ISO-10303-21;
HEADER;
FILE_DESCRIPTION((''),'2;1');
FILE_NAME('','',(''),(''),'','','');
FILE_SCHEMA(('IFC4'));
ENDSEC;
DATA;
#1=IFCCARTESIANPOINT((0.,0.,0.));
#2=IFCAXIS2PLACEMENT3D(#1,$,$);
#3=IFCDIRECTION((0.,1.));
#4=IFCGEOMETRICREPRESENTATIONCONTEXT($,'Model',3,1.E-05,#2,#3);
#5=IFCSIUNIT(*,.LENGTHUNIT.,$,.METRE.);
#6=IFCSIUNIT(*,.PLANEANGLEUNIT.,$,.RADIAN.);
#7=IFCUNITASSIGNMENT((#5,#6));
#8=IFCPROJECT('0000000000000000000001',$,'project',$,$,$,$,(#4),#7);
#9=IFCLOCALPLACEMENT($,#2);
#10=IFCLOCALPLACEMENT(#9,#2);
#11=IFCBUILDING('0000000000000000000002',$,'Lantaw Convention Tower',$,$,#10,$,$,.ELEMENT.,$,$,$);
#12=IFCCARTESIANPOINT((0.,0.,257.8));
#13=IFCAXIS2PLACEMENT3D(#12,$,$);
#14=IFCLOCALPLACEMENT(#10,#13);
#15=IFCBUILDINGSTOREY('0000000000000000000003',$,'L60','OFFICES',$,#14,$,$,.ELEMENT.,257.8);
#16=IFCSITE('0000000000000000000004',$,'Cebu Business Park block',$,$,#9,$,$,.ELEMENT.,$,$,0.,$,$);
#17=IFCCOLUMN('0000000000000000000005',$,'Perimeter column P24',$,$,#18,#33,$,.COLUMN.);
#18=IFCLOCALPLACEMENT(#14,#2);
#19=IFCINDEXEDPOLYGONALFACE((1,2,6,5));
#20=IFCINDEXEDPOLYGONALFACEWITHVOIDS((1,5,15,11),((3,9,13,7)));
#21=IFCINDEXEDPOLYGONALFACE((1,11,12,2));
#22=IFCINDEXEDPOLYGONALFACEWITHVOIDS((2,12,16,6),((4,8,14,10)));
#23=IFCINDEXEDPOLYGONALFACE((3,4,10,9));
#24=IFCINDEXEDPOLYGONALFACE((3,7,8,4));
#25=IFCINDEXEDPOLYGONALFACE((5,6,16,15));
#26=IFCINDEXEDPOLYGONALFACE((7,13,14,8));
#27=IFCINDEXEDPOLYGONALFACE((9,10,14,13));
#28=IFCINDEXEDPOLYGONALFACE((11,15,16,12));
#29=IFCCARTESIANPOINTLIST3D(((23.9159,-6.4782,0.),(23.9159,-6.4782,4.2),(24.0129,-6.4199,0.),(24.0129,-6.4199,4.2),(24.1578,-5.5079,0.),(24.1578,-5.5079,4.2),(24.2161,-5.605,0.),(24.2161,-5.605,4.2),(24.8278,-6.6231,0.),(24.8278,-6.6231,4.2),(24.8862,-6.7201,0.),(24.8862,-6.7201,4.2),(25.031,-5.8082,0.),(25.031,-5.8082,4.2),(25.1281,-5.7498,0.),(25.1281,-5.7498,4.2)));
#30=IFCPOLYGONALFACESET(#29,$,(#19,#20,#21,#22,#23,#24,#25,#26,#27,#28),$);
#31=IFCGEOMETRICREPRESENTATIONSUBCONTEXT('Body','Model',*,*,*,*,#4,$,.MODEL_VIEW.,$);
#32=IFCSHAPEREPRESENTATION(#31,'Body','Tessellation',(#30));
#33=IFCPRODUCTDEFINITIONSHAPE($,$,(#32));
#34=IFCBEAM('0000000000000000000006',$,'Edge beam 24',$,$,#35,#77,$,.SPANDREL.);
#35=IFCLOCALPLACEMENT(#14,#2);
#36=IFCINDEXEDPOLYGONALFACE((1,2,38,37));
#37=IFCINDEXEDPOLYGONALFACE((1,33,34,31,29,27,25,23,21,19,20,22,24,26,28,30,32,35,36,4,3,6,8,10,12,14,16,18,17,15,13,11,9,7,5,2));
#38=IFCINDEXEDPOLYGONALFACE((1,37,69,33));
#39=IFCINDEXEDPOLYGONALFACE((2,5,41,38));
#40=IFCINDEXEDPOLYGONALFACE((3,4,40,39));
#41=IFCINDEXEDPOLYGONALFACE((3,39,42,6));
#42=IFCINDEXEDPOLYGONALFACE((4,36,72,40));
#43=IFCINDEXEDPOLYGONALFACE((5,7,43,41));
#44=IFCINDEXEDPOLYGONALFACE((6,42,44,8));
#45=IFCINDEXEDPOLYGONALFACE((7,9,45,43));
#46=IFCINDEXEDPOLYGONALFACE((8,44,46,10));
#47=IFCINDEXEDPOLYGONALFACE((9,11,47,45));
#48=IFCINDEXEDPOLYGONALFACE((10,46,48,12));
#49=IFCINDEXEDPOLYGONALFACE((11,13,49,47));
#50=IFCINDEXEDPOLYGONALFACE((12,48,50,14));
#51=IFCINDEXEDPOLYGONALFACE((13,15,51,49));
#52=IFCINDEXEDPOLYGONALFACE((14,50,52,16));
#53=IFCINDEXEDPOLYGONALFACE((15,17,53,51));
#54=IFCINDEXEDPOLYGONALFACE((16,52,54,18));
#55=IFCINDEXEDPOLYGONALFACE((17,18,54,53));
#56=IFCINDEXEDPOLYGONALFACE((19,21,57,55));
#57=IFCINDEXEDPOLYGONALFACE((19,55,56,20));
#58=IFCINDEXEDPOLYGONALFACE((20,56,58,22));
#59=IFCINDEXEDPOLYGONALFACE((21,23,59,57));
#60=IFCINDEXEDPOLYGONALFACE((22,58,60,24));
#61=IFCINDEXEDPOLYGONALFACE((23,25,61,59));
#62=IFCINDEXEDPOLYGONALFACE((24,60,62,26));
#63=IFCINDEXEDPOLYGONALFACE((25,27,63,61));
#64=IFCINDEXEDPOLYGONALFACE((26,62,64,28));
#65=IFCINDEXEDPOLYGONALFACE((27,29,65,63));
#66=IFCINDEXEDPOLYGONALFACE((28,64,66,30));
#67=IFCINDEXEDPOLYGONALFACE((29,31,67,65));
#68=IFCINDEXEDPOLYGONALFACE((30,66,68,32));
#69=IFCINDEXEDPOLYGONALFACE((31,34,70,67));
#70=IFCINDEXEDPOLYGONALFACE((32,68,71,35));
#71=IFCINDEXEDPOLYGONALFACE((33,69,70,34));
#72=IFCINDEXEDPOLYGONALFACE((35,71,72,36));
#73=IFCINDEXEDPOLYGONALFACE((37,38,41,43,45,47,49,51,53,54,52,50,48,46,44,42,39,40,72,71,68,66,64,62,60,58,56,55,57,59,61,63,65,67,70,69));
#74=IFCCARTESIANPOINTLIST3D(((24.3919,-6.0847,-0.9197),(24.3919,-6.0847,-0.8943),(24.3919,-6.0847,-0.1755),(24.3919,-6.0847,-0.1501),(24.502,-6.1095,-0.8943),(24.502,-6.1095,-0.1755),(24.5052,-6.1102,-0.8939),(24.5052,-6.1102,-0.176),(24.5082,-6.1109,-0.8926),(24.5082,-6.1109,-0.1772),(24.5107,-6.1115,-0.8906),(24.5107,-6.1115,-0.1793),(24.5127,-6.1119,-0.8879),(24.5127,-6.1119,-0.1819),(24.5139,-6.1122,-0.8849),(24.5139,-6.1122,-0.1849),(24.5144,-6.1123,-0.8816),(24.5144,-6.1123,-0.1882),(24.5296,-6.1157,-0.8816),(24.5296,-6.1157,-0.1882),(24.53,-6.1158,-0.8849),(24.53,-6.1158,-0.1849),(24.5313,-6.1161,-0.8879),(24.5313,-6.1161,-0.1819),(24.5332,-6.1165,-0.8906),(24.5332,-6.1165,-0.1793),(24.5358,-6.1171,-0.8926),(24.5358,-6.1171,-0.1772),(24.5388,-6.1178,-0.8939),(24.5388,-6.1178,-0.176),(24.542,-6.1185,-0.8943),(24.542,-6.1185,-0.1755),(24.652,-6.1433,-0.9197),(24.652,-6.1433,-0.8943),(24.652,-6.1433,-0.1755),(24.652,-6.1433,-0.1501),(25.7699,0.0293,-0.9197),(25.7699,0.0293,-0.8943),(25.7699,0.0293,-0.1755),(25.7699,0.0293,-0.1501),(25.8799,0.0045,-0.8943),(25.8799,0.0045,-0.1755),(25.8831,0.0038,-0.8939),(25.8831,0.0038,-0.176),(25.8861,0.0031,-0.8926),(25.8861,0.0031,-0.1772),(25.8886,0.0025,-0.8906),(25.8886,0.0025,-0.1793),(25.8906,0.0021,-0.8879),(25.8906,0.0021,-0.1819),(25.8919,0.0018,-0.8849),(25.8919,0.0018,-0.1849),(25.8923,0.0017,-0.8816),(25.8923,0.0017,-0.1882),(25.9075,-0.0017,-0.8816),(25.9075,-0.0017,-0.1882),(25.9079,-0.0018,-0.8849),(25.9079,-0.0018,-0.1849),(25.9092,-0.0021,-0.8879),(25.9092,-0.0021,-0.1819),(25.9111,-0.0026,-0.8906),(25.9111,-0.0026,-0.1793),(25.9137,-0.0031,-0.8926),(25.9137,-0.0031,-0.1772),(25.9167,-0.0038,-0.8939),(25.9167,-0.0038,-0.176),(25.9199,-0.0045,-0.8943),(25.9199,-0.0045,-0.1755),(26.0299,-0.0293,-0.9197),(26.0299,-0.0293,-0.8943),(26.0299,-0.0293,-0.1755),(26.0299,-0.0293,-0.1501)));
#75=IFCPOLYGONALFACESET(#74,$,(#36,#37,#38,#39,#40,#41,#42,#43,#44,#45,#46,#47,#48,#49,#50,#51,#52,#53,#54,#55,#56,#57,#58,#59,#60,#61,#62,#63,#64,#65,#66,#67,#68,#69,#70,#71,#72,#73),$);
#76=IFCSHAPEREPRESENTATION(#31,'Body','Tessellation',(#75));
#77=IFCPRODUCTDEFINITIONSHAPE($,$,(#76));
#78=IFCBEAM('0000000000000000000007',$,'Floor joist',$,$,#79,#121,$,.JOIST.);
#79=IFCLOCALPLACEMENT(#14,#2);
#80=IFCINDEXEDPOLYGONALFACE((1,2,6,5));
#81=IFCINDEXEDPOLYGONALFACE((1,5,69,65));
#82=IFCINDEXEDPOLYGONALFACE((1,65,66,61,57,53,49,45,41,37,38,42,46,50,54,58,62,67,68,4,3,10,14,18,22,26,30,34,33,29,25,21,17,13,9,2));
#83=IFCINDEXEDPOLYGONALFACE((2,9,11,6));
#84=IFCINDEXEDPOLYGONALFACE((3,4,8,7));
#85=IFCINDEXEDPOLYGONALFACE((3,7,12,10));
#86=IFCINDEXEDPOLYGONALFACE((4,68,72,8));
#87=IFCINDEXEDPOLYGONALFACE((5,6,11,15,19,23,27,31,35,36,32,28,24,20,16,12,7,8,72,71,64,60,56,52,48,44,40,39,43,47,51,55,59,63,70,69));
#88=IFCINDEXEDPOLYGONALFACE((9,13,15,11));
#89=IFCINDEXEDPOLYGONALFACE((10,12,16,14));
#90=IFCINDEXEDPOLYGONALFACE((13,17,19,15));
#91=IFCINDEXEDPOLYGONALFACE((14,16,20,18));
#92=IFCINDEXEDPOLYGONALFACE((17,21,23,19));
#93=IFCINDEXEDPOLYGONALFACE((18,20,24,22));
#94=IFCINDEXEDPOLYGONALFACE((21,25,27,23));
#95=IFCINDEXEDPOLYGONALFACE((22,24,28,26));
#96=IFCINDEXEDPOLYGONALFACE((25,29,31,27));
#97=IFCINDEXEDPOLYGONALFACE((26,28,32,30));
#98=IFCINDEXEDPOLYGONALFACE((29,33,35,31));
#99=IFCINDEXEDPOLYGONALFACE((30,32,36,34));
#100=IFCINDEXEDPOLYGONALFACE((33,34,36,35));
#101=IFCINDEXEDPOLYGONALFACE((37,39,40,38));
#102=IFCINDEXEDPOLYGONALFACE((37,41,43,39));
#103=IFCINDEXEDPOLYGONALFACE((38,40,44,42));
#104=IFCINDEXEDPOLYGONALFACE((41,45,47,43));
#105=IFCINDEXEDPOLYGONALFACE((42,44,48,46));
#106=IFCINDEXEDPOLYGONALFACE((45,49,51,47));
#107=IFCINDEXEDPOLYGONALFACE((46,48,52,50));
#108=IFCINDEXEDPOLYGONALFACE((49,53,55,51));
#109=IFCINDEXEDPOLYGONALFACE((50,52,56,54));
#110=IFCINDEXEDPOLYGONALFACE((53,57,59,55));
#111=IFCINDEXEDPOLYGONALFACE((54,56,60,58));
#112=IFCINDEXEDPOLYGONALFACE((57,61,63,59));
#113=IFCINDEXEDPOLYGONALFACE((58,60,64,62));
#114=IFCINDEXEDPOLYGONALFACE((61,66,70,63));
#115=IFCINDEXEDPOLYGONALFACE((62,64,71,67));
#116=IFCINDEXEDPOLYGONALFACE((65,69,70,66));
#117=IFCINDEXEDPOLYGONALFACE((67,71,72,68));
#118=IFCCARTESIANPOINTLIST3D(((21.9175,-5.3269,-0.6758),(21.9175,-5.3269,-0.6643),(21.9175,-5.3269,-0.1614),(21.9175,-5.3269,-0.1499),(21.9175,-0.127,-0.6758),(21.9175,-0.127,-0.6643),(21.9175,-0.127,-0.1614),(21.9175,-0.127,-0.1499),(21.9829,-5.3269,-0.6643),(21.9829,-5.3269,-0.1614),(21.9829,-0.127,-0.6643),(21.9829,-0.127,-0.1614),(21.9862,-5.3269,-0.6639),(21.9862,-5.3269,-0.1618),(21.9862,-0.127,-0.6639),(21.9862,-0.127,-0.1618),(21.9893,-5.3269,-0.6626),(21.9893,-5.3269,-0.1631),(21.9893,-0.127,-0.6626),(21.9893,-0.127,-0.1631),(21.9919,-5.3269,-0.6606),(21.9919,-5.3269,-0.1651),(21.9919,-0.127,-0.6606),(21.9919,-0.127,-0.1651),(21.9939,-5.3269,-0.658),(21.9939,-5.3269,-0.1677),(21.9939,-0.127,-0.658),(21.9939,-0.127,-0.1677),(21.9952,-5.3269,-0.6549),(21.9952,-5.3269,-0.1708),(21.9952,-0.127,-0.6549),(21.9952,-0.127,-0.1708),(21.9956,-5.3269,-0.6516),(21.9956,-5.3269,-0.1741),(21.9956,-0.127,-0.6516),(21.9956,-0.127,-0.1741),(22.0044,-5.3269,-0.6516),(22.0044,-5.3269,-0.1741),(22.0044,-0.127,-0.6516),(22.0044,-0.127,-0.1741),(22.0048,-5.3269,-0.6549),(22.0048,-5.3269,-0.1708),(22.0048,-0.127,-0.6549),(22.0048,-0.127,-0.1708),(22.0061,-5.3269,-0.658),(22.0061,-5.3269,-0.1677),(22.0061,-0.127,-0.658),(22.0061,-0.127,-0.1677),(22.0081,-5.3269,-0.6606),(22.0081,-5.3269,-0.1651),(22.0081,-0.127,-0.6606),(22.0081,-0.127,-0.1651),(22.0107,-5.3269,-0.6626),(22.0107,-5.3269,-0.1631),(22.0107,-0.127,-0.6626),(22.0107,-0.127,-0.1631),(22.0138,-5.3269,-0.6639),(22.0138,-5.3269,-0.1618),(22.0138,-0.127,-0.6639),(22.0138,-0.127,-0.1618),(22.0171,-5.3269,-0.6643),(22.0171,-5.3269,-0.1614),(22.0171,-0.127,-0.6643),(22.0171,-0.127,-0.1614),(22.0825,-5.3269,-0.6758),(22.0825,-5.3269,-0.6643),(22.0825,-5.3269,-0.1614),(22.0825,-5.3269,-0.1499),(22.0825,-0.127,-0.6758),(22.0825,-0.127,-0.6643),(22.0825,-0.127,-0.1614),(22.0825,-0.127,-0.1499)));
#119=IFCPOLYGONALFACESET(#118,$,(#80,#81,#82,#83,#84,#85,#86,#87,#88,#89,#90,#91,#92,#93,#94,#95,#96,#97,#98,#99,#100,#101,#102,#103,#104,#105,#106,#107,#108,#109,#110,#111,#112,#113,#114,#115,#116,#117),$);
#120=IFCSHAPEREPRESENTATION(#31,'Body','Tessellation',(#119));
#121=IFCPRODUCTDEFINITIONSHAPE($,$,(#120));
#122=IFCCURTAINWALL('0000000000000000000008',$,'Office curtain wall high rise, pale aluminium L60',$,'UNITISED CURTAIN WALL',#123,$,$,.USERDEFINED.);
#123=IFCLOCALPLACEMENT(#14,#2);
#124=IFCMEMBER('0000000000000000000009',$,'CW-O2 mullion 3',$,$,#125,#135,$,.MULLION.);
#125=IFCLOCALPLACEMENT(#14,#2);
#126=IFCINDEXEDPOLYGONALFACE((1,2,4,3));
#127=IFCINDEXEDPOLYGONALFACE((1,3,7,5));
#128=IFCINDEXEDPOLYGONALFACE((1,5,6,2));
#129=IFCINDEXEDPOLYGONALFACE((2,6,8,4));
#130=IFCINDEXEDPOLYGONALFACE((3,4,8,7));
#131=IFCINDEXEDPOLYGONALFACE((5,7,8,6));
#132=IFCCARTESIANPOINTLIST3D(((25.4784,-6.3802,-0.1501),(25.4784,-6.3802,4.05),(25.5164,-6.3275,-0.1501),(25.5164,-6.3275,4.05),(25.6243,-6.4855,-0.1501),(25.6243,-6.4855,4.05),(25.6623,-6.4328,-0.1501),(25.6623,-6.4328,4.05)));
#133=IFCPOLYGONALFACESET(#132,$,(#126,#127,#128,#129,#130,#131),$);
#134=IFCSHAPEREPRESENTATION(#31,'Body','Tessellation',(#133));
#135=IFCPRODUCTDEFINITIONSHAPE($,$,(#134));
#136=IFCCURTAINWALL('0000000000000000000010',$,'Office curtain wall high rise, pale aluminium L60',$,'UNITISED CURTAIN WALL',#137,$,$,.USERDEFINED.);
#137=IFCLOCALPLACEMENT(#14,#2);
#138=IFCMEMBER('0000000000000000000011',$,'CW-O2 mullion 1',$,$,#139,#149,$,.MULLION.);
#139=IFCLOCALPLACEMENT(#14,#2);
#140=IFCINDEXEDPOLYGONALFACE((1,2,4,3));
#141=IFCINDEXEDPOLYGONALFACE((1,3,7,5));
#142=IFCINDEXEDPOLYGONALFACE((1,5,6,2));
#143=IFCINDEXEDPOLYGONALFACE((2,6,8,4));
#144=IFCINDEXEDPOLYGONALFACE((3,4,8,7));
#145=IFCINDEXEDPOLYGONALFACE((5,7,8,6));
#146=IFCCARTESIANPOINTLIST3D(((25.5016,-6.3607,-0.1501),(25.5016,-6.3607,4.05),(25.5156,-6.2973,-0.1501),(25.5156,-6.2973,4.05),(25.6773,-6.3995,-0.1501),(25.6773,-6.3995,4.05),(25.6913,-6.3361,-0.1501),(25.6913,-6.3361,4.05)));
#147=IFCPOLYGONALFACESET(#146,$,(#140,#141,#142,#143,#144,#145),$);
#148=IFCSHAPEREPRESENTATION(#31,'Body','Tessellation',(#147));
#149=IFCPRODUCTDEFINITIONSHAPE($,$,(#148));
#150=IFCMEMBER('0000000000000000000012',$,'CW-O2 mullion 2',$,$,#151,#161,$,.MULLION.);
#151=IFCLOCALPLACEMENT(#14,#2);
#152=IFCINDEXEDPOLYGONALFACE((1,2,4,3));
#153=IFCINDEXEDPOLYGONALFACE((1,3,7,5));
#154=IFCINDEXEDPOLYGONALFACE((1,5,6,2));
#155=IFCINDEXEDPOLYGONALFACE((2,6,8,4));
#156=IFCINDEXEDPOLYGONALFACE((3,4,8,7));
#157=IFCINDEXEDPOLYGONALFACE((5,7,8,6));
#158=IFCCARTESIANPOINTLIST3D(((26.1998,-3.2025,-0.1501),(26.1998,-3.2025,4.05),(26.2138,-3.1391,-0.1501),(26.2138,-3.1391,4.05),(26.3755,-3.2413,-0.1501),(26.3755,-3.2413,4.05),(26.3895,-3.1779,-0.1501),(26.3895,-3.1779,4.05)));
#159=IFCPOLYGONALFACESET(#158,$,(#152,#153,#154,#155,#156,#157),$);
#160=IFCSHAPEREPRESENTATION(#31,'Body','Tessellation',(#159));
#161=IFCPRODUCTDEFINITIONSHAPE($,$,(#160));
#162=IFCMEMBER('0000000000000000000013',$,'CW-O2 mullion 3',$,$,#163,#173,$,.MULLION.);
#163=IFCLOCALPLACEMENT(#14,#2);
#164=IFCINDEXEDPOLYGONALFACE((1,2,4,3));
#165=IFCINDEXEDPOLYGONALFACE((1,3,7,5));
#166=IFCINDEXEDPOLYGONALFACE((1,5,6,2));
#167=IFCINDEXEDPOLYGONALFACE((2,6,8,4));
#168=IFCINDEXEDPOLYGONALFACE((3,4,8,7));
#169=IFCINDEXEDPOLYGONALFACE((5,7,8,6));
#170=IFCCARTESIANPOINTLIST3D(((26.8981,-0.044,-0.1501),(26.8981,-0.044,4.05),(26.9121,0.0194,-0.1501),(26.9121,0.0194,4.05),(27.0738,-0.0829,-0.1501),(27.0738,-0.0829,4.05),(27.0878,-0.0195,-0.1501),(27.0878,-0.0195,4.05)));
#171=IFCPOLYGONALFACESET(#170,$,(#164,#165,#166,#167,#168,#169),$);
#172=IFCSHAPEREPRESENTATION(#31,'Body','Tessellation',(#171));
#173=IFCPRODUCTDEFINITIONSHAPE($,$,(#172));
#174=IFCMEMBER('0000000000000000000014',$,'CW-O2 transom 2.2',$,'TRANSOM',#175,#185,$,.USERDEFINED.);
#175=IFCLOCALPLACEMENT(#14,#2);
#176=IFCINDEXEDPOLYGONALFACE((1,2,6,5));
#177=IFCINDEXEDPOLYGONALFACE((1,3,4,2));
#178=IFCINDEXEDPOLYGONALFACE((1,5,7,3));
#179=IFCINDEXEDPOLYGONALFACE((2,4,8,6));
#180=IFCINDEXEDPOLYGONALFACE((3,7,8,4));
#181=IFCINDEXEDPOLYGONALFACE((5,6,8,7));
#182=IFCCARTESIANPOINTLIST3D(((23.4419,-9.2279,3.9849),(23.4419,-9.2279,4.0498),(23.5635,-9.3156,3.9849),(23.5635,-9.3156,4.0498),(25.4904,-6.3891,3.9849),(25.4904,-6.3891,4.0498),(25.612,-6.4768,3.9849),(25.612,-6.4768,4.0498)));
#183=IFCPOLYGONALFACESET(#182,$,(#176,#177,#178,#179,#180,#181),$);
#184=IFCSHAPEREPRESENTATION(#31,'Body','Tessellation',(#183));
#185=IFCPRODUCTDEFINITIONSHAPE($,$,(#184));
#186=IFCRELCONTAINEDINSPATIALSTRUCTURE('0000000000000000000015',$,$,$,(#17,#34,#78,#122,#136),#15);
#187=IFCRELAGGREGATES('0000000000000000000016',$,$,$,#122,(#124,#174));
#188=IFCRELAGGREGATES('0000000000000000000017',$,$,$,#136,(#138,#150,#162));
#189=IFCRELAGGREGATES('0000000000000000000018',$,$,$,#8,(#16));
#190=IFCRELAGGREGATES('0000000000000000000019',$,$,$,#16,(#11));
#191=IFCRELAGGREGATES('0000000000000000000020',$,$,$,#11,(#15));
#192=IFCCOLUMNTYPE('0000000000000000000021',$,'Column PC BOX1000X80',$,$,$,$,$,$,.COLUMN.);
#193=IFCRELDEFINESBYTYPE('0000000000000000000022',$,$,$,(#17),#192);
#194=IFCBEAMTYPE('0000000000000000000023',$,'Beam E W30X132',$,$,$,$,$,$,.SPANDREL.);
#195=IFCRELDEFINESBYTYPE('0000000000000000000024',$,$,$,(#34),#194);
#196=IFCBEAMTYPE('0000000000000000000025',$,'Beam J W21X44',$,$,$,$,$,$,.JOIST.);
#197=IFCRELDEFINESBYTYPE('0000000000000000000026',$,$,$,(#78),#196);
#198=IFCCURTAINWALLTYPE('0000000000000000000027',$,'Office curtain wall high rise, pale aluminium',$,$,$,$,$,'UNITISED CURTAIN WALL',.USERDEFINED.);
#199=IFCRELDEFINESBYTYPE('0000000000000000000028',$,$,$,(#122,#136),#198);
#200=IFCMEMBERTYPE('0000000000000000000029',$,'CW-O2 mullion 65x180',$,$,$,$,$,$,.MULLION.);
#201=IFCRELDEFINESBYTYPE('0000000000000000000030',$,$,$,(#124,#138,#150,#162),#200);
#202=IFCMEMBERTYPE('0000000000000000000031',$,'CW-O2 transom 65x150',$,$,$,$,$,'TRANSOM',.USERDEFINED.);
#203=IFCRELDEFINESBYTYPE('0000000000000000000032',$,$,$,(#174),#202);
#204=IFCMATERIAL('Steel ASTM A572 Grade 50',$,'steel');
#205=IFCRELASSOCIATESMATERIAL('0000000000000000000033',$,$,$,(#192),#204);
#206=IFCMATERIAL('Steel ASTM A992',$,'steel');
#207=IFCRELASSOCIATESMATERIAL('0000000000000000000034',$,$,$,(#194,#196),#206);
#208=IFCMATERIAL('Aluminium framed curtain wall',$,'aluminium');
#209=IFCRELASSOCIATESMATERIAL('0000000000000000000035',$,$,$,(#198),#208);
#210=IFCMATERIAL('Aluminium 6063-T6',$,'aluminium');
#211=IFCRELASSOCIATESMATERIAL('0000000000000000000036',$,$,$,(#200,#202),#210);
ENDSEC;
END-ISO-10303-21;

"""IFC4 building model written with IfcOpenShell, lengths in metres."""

from ifc_helpers import new_model, si_unit, direction, frame, origin, origin_2d, place, context, subcontext, project, spatial, rectangle, hollow_rectangle, i_section, extrude, material, material_profile, profile_set, type_object, element, aggregate, save


model = new_model("IFC4")

# Units and contexts
model_context = context("Model", 3, precision=1e-05, world=origin(), true_north=direction((0.0, 1.0)))
body_context = subcontext(model_context, "Body", "Model", "MODEL_VIEW")
ifc_project = project(units=[si_unit("LENGTHUNIT", "METRE"), si_unit("PLANEANGLEUNIT", "RADIAN")], contexts=[model_context])

# Site, building, storey
site_placement = place(None, origin())
site = spatial("IfcSite", under=ifc_project, at=site_placement, Name="Cebu Business Park block", CompositionType="ELEMENT", RefElevation=0.0)
building_placement = place(site_placement, origin())
building = spatial("IfcBuilding", under=site, at=building_placement, Name="Lantaw Convention Tower", CompositionType="ELEMENT")
storey_placement = place(building_placement, frame((0.0, 0.0, 257.8)))
storey = spatial("IfcBuildingStorey", under=building, at=storey_placement, Name="L60", Description="OFFICES", CompositionType="ELEMENT", Elevation=257.8)

# Column
ifc_material_1 = material(Name="Steel ASTM A572 Grade 50", Category="steel")
ifc_material_profile_1 = material_profile(ifc_material_1, hollow_rectangle(XDim=1.0, YDim=1.0, WallThickness=0.0801, at=origin_2d()), Name="BOX1000X80")
ifc_material_2 = material(Name="Concrete C60/75", Category="concrete")
ifc_material_profile_2 = material_profile(ifc_material_2, rectangle(XDim=0.8401, YDim=0.8401, at=origin_2d()), Name="Concrete fill of BOX1000X80")
ifc_profile_set_1 = profile_set([ifc_material_profile_1, ifc_material_profile_2], Name="Steel ASTM A572 Grade 50")
column_type = type_object("IfcColumnType", Name="Column PC BOX1000X80", PredefinedType="COLUMN", material=ifc_profile_set_1)
column_placement = place(storey_placement, frame((24.522, -6.114, 0.0), z_axis=(0.0, 0.0, 1.0), x_axis=(0.241922, 0.970296, 0.0)))
element("IfcColumn", 1, at=column_placement, inside=storey, type_object=column_type, Name="Perimeter column P24", PredefinedType="COLUMN", context=body_context, shape_type="SweptSolid", body=[
    extrude(hollow_rectangle(XDim=1.0, YDim=1.0, WallThickness=0.0801, at=origin_2d()), origin(), (0.0, 0.0, 1.0), 4.2),
])

# Beams
ifc_material_3 = material(Name="Steel ASTM A992", Category="steel")
ifc_material_profile_3 = material_profile(ifc_material_3, i_section(OverallWidth=0.2666, OverallDepth=0.7695, WebThickness=0.0156, FlangeThickness=0.0254, FilletRadius=0.0127, at=origin_2d()), Name="W30X132")
ifc_profile_set_2 = profile_set([ifc_material_profile_3], Name="Steel ASTM A992")
beam_type_1 = type_object("IfcBeamType", Name="Beam E W30X132", PredefinedType="SPANDREL", material=ifc_profile_set_2)
beam_1_placement = place(storey_placement, frame((24.522, -6.114, -0.5349), z_axis=(0.219858, 0.975532, 0.0), x_axis=(-0.975532, 0.219858, 0.0)))
element("IfcBeam", 2, at=beam_1_placement, inside=storey, type_object=beam_type_1, Name="Edge beam 24", PredefinedType="SPANDREL", context=body_context, shape_type="SweptSolid", body=[
    extrude(i_section(OverallWidth=0.2666, OverallDepth=0.7695, WebThickness=0.0156, FlangeThickness=0.0254, FilletRadius=0.0127, at=origin_2d()), origin(), (0.0, 0.0, 1.0), 6.2673),
])
ifc_material_profile_4 = material_profile(ifc_material_3, i_section(OverallWidth=0.165, OverallDepth=0.5259, WebThickness=0.0088, FlangeThickness=0.0115, FilletRadius=0.0127, at=origin_2d()), Name="W21X44")
ifc_profile_set_3 = profile_set([ifc_material_profile_4], Name="Steel ASTM A992")
beam_type_2 = type_object("IfcBeamType", Name="Beam J W21X44", PredefinedType="JOIST", material=ifc_profile_set_3)
beam_2_placement = place(storey_placement, frame((22.0, -5.3269, -0.4128), z_axis=(0.0, 1.0, 0.0), x_axis=(-1.0, 0.0, 0.0)))
element("IfcBeam", 3, at=beam_2_placement, inside=storey, type_object=beam_type_2, Name="Floor joist", PredefinedType="JOIST", context=body_context, shape_type="SweptSolid", body=[
    extrude(i_section(OverallWidth=0.165, OverallDepth=0.5259, WebThickness=0.0088, FlangeThickness=0.0115, FilletRadius=0.0127, at=origin_2d()), origin(), (0.0, 0.0, 1.0), 5.2),
])

# Curtain wall, member
ifc_material_4 = material(Name="Aluminium framed curtain wall", Category="aluminium")
curtain_wall_type = type_object("IfcCurtainWallType", Name="Office curtain wall high rise, pale aluminium", ElementType="UNITISED CURTAIN WALL", PredefinedType="USERDEFINED", material=ifc_material_4)
curtain_wall_1_placement = place(storey_placement, origin())
curtain_wall_1 = element("IfcCurtainWall", 4, at=curtain_wall_1_placement, inside=storey, type_object=curtain_wall_type, Name="Office curtain wall high rise, pale aluminium L60", ObjectType="UNITISED CURTAIN WALL", PredefinedType="USERDEFINED")
ifc_material_5 = material(Name="Aluminium 6063-T6", Category="aluminium")
ifc_material_profile_5 = material_profile(ifc_material_5, rectangle(XDim=0.1799, YDim=0.0649, at=origin_2d()), Name="CW-O2 mullion 65x180")
ifc_profile_set_4 = profile_set([ifc_material_profile_5], Name="Aluminium 6063-T6")
member_type_1 = type_object("IfcMemberType", Name="CW-O2 mullion 65x180", PredefinedType="MULLION", material=ifc_profile_set_4)
member_1_placement = place(storey_placement, frame((25.5703, -6.4065, -0.1501), z_axis=(0.0, 0.0, 1.0), x_axis=(-0.81092, 0.585158, 0.0)))
member_1 = element("IfcMember", 5, at=member_1_placement, type_object=member_type_1, Name="CW-O2 mullion 3", PredefinedType="MULLION", context=body_context, shape_type="SweptSolid", body=[
    extrude(rectangle(XDim=0.1799, YDim=0.0649, at=origin_2d()), origin(), (0.0, 0.0, 1.0), 4.2002),
])

# Curtain wall, members
curtain_wall_2_placement = place(storey_placement, origin())
curtain_wall_2 = element("IfcCurtainWall", 6, at=curtain_wall_2_placement, inside=storey, type_object=curtain_wall_type, Name="Office curtain wall high rise, pale aluminium L60", ObjectType="UNITISED CURTAIN WALL", PredefinedType="USERDEFINED")
member_2_placement = place(storey_placement, frame((25.5964, -6.3484, -0.1501), z_axis=(0.0, 0.0, 1.0), x_axis=(-0.976417, 0.215891, 0.0)))
member_2 = element("IfcMember", 7, at=member_2_placement, type_object=member_type_1, Name="CW-O2 mullion 1", PredefinedType="MULLION", context=body_context, shape_type="SweptSolid", body=[
    extrude(rectangle(XDim=0.1799, YDim=0.0649, at=origin_2d()), origin(), (0.0, 0.0, 1.0), 4.2002),
])
member_3_placement = place(storey_placement, frame((26.2947, -3.1902, -0.1501), z_axis=(0.0, 0.0, 1.0), x_axis=(-0.976417, 0.215891, 0.0)))
member_3 = element("IfcMember", 8, at=member_3_placement, type_object=member_type_1, Name="CW-O2 mullion 2", PredefinedType="MULLION", context=body_context, shape_type="SweptSolid", body=[
    extrude(rectangle(XDim=0.1799, YDim=0.0649, at=origin_2d()), origin(), (0.0, 0.0, 1.0), 4.2002),
])
member_4_placement = place(storey_placement, frame((26.9929, -0.0317, -0.1501), z_axis=(0.0, 0.0, 1.0), x_axis=(-0.976417, 0.215891, 0.0)))
member_4 = element("IfcMember", 9, at=member_4_placement, type_object=member_type_1, Name="CW-O2 mullion 3", PredefinedType="MULLION", context=body_context, shape_type="SweptSolid", body=[
    extrude(rectangle(XDim=0.1799, YDim=0.0649, at=origin_2d()), origin(), (0.0, 0.0, 1.0), 4.2002),
])

# Member
ifc_material_profile_6 = material_profile(ifc_material_5, rectangle(XDim=0.1499, YDim=0.0649, at=origin_2d()), Name="CW-O2 transom 65x150")
ifc_profile_set_5 = profile_set([ifc_material_profile_6], Name="Aluminium 6063-T6")
member_type_2 = type_object("IfcMemberType", Name="CW-O2 transom 65x150", ElementType="TRANSOM", PredefinedType="USERDEFINED", material=ifc_profile_set_5)
member_5_placement = place(storey_placement, frame((23.5027, -9.2717, 4.0173), z_axis=(0.58517, 0.810911, 0.0), x_axis=(-0.810911, 0.58517, 0.0)))
member_5 = element("IfcMember", 10, at=member_5_placement, type_object=member_type_2, Name="CW-O2 transom 2.2", ObjectType="TRANSOM", PredefinedType="USERDEFINED", context=body_context, shape_type="SweptSolid", body=[
    extrude(rectangle(XDim=0.1499, YDim=0.0649, at=origin_2d()), origin(), (0.0, 0.0, 1.0), 3.5007),
])

aggregate(curtain_wall_1, [member_1, member_5])
aggregate(curtain_wall_2, [member_2, member_3, member_4])

save(model, "model.ifc")
